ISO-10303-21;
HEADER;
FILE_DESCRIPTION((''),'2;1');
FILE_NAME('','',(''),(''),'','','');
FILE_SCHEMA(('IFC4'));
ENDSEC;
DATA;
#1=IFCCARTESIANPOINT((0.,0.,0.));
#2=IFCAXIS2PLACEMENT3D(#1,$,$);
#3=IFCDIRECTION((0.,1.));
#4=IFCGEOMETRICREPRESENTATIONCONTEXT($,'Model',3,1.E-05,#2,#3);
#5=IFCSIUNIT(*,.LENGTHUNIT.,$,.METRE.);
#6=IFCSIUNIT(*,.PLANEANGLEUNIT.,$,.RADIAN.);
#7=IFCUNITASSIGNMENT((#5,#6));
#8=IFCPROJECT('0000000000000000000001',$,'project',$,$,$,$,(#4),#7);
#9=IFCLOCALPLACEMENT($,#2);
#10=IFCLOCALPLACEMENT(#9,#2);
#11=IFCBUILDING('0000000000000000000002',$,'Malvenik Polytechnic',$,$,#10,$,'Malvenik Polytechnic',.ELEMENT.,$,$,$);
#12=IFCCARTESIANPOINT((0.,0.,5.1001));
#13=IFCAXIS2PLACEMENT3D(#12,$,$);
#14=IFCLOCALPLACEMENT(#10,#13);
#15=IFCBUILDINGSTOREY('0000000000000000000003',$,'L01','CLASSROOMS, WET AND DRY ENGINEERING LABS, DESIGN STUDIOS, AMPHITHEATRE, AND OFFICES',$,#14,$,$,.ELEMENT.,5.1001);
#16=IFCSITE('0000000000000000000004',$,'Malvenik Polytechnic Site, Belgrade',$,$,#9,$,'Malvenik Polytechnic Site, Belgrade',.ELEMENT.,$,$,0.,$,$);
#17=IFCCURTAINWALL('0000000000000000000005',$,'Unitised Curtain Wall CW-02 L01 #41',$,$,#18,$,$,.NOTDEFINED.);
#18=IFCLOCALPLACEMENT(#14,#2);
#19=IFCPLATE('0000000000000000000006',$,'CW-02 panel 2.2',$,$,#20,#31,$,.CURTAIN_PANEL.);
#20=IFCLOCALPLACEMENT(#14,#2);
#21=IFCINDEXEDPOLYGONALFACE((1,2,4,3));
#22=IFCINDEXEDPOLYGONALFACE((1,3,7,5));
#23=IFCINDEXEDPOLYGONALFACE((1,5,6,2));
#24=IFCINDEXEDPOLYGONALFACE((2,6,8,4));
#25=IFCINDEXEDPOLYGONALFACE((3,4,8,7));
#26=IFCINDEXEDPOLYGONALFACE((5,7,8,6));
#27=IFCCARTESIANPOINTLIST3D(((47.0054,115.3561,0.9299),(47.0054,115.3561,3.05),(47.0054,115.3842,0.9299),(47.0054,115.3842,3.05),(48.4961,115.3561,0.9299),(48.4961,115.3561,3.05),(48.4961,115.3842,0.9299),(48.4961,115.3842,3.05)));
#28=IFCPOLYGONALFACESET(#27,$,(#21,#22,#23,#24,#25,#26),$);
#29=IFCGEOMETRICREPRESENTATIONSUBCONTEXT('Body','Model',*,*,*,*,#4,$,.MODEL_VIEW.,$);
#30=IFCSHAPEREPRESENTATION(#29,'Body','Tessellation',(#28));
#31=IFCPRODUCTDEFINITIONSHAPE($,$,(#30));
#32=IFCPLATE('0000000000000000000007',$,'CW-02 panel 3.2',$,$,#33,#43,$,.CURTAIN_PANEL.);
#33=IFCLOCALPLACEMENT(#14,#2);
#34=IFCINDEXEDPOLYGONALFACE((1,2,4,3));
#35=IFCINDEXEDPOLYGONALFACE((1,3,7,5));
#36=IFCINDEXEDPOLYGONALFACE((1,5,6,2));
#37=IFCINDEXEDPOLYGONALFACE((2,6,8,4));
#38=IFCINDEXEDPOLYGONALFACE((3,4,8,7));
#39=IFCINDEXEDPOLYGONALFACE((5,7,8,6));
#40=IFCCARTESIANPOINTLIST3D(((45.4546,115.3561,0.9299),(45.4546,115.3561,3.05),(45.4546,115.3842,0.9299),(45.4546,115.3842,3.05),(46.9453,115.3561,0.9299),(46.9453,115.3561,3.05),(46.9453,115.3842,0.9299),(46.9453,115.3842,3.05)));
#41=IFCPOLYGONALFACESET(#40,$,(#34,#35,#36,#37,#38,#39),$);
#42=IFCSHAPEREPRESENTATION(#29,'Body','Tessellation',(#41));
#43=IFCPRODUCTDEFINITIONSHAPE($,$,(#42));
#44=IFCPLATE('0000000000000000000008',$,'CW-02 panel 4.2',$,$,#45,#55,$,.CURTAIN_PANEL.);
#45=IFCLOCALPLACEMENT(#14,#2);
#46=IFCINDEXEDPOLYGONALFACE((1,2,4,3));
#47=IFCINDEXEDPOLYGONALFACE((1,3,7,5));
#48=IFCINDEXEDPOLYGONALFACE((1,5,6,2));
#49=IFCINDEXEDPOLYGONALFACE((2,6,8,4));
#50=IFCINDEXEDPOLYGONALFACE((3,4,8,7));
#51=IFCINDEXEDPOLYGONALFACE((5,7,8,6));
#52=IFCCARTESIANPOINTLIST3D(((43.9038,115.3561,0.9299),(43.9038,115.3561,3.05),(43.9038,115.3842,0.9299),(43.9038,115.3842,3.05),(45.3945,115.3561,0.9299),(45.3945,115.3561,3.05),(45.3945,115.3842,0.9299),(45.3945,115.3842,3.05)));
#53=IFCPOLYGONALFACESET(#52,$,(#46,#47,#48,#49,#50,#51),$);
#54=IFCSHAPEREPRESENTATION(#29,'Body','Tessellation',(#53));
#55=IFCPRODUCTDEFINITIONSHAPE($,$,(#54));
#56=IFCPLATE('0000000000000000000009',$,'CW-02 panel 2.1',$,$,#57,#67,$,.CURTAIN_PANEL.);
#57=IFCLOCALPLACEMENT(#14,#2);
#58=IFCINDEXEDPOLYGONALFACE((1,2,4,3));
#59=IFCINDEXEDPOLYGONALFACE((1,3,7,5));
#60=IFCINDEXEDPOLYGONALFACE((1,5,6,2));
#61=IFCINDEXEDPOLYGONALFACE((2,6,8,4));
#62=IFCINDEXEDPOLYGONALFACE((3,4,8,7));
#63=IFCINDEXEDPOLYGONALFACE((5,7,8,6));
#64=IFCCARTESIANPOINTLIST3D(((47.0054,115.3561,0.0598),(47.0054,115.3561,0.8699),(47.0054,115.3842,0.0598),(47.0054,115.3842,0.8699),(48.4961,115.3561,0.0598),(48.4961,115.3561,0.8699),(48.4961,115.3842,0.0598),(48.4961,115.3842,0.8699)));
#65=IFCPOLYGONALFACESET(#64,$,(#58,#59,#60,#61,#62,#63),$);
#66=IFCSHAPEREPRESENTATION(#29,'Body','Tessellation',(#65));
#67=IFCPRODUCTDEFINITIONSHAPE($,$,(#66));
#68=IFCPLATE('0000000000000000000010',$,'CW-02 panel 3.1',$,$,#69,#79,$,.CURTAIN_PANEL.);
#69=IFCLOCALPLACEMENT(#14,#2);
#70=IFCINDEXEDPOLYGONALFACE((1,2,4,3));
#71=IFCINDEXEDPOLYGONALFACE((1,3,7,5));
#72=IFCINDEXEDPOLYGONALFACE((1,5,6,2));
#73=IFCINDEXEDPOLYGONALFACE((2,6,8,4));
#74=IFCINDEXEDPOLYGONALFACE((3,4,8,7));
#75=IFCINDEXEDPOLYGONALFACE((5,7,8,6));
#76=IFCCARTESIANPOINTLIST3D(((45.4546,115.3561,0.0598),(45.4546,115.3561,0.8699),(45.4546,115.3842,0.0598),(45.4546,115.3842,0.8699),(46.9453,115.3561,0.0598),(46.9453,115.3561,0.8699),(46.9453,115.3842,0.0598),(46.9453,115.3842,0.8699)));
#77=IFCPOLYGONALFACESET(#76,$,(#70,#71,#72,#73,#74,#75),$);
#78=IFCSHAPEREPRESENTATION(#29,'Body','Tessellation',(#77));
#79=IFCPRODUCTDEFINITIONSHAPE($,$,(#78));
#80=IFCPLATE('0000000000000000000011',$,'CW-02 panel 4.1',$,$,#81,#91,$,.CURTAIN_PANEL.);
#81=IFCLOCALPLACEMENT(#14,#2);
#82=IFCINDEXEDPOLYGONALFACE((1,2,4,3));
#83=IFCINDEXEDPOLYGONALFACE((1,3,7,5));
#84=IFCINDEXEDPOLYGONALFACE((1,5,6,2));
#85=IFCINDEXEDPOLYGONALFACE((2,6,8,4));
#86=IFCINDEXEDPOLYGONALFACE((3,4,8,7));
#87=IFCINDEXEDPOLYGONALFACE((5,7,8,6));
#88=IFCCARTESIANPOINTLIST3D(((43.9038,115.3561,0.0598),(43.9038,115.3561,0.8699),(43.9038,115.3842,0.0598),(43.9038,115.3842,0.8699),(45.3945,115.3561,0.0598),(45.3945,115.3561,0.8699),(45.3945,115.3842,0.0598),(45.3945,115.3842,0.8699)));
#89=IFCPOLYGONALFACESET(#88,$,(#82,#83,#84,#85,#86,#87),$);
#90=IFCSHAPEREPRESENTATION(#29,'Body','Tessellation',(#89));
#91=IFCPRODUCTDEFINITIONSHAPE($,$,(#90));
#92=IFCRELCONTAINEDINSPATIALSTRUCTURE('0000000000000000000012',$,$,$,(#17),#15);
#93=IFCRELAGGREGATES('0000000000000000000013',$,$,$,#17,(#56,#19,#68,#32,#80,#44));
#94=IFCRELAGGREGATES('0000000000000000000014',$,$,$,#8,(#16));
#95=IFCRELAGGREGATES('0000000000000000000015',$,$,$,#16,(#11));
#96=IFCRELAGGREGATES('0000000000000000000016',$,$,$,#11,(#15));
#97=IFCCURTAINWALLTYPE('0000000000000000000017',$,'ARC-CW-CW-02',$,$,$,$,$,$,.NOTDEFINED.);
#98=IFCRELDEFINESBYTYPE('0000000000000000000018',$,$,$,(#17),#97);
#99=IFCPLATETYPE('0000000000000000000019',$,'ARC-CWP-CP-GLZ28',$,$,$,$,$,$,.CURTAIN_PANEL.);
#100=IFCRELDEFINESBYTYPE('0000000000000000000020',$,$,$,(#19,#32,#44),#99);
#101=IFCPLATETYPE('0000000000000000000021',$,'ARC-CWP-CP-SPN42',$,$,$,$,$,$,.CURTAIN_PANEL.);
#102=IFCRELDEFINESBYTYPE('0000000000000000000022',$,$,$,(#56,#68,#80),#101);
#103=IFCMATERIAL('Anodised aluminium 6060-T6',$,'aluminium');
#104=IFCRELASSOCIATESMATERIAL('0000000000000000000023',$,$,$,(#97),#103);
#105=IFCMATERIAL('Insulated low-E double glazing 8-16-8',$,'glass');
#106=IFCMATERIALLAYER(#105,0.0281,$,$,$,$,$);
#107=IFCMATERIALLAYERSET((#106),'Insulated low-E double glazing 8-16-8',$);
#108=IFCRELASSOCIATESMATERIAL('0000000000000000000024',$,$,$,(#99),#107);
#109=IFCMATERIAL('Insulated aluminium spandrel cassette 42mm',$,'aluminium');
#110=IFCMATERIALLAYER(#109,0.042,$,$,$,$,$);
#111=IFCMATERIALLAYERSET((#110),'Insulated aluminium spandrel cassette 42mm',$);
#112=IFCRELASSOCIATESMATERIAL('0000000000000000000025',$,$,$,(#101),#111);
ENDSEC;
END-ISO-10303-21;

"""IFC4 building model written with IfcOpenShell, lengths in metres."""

from ifc_helpers import new_model, si_unit, direction, frame, origin, origin_2d, place, context, subcontext, project, spatial, rectangle, extrude, material, layer, layer_set, type_object, element, aggregate, save


model = new_model("IFC4")

# Units and contexts
model_context = context("Model", 3, precision=1e-05, world=origin(), true_north=direction((0.0, 1.0)))
body_context = subcontext(model_context, "Body", "Model", "MODEL_VIEW")
ifc_project = project(units=[si_unit("LENGTHUNIT", "METRE"), si_unit("PLANEANGLEUNIT", "RADIAN")], contexts=[model_context])

# Site, building, storey
site_placement = place(None, origin())
site = spatial("IfcSite", under=ifc_project, at=site_placement, Name="Malvenik Polytechnic Site, Belgrade", LongName="Malvenik Polytechnic Site, Belgrade", CompositionType="ELEMENT", RefElevation=0.0)
building_placement = place(site_placement, origin())
building = spatial("IfcBuilding", under=site, at=building_placement, Name="Malvenik Polytechnic", LongName="Malvenik Polytechnic", CompositionType="ELEMENT")
storey_placement = place(building_placement, frame((0.0, 0.0, 5.1001)))
storey = spatial("IfcBuildingStorey", under=building, at=storey_placement, Name="L01", Description="CLASSROOMS, WET AND DRY ENGINEERING LABS, DESIGN STUDIOS, AMPHITHEATRE, AND OFFICES", CompositionType="ELEMENT", Elevation=5.1001)

# Curtain wall, plates
ifc_material_1 = material(Name="Anodised aluminium 6060-T6", Category="aluminium")
curtain_wall_type = type_object("IfcCurtainWallType", Name="ARC-CW-CW-02", PredefinedType="NOTDEFINED", material=ifc_material_1)
curtain_wall_placement = place(storey_placement, origin())
curtain_wall = element("IfcCurtainWall", 1, at=curtain_wall_placement, inside=storey, type_object=curtain_wall_type, Name="Unitised Curtain Wall CW-02 L01 #41", PredefinedType="NOTDEFINED")
ifc_material_2 = material(Name="Insulated low-E double glazing 8-16-8", Category="glass")
ifc_layer_1 = layer(ifc_material_2, 0.0281)
ifc_layer_set_1 = layer_set([ifc_layer_1], Name="Insulated low-E double glazing 8-16-8")
plate_type_1 = type_object("IfcPlateType", Name="ARC-CWP-CP-GLZ28", PredefinedType="CURTAIN_PANEL", material=ifc_layer_set_1)
plate_1_placement = place(storey_placement, frame((47.7507, 115.3701, 0.9299), z_axis=(0.0, 0.0, 1.0), x_axis=(-1.0, 0.0, 0.0)))
plate_1 = element("IfcPlate", 2, at=plate_1_placement, type_object=plate_type_1, Name="CW-02 panel 2.2", PredefinedType="CURTAIN_PANEL", context=body_context, shape_type="SweptSolid", body=[
    extrude(rectangle(XDim=1.4907, YDim=0.0281, at=origin_2d()), origin(), (0.0, 0.0, 1.0), 2.1201),
])
plate_2_placement = place(storey_placement, frame((46.2, 115.3701, 0.9299), z_axis=(0.0, 0.0, 1.0), x_axis=(-1.0, 0.0, 0.0)))
plate_2 = element("IfcPlate", 3, at=plate_2_placement, type_object=plate_type_1, Name="CW-02 panel 3.2", PredefinedType="CURTAIN_PANEL", context=body_context, shape_type="SweptSolid", body=[
    extrude(rectangle(XDim=1.4907, YDim=0.0281, at=origin_2d()), origin(), (0.0, 0.0, 1.0), 2.1201),
])
plate_3_placement = place(storey_placement, frame((44.6492, 115.3701, 0.9299), z_axis=(0.0, 0.0, 1.0), x_axis=(-1.0, 0.0, 0.0)))
plate_3 = element("IfcPlate", 4, at=plate_3_placement, type_object=plate_type_1, Name="CW-02 panel 4.2", PredefinedType="CURTAIN_PANEL", context=body_context, shape_type="SweptSolid", body=[
    extrude(rectangle(XDim=1.4907, YDim=0.0281, at=origin_2d()), origin(), (0.0, 0.0, 1.0), 2.1201),
])
ifc_material_3 = material(Name="Insulated aluminium spandrel cassette 42mm", Category="aluminium")
ifc_layer_2 = layer(ifc_material_3, 0.042)
ifc_layer_set_2 = layer_set([ifc_layer_2], Name="Insulated aluminium spandrel cassette 42mm")
plate_type_2 = type_object("IfcPlateType", Name="ARC-CWP-CP-SPN42", PredefinedType="CURTAIN_PANEL", material=ifc_layer_set_2)
plate_4_placement = place(storey_placement, frame((47.7507, 115.3701, 0.0598), z_axis=(0.0, 0.0, 1.0), x_axis=(-1.0, 0.0, 0.0)))
plate_4 = element("IfcPlate", 5, at=plate_4_placement, type_object=plate_type_2, Name="CW-02 panel 2.1", PredefinedType="CURTAIN_PANEL", context=body_context, shape_type="SweptSolid", body=[
    extrude(rectangle(XDim=1.4907, YDim=0.0281, at=origin_2d()), origin(), (0.0, 0.0, 1.0), 0.8101),
])
plate_5_placement = place(storey_placement, frame((46.2, 115.3701, 0.0598), z_axis=(0.0, 0.0, 1.0), x_axis=(-1.0, 0.0, 0.0)))
plate_5 = element("IfcPlate", 6, at=plate_5_placement, type_object=plate_type_2, Name="CW-02 panel 3.1", PredefinedType="CURTAIN_PANEL", context=body_context, shape_type="SweptSolid", body=[
    extrude(rectangle(XDim=1.4907, YDim=0.0281, at=origin_2d()), origin(), (0.0, 0.0, 1.0), 0.8101),
])
plate_6_placement = place(storey_placement, frame((44.6492, 115.3701, 0.0598), z_axis=(0.0, 0.0, 1.0), x_axis=(-1.0, 0.0, 0.0)))
plate_6 = element("IfcPlate", 7, at=plate_6_placement, type_object=plate_type_2, Name="CW-02 panel 4.1", PredefinedType="CURTAIN_PANEL", context=body_context, shape_type="SweptSolid", body=[
    extrude(rectangle(XDim=1.4907, YDim=0.0281, at=origin_2d()), origin(), (0.0, 0.0, 1.0), 0.8101),
])
aggregate(curtain_wall, [plate_4, plate_1, plate_5, plate_2, plate_6, plate_3])

save(model, "model.ifc")
